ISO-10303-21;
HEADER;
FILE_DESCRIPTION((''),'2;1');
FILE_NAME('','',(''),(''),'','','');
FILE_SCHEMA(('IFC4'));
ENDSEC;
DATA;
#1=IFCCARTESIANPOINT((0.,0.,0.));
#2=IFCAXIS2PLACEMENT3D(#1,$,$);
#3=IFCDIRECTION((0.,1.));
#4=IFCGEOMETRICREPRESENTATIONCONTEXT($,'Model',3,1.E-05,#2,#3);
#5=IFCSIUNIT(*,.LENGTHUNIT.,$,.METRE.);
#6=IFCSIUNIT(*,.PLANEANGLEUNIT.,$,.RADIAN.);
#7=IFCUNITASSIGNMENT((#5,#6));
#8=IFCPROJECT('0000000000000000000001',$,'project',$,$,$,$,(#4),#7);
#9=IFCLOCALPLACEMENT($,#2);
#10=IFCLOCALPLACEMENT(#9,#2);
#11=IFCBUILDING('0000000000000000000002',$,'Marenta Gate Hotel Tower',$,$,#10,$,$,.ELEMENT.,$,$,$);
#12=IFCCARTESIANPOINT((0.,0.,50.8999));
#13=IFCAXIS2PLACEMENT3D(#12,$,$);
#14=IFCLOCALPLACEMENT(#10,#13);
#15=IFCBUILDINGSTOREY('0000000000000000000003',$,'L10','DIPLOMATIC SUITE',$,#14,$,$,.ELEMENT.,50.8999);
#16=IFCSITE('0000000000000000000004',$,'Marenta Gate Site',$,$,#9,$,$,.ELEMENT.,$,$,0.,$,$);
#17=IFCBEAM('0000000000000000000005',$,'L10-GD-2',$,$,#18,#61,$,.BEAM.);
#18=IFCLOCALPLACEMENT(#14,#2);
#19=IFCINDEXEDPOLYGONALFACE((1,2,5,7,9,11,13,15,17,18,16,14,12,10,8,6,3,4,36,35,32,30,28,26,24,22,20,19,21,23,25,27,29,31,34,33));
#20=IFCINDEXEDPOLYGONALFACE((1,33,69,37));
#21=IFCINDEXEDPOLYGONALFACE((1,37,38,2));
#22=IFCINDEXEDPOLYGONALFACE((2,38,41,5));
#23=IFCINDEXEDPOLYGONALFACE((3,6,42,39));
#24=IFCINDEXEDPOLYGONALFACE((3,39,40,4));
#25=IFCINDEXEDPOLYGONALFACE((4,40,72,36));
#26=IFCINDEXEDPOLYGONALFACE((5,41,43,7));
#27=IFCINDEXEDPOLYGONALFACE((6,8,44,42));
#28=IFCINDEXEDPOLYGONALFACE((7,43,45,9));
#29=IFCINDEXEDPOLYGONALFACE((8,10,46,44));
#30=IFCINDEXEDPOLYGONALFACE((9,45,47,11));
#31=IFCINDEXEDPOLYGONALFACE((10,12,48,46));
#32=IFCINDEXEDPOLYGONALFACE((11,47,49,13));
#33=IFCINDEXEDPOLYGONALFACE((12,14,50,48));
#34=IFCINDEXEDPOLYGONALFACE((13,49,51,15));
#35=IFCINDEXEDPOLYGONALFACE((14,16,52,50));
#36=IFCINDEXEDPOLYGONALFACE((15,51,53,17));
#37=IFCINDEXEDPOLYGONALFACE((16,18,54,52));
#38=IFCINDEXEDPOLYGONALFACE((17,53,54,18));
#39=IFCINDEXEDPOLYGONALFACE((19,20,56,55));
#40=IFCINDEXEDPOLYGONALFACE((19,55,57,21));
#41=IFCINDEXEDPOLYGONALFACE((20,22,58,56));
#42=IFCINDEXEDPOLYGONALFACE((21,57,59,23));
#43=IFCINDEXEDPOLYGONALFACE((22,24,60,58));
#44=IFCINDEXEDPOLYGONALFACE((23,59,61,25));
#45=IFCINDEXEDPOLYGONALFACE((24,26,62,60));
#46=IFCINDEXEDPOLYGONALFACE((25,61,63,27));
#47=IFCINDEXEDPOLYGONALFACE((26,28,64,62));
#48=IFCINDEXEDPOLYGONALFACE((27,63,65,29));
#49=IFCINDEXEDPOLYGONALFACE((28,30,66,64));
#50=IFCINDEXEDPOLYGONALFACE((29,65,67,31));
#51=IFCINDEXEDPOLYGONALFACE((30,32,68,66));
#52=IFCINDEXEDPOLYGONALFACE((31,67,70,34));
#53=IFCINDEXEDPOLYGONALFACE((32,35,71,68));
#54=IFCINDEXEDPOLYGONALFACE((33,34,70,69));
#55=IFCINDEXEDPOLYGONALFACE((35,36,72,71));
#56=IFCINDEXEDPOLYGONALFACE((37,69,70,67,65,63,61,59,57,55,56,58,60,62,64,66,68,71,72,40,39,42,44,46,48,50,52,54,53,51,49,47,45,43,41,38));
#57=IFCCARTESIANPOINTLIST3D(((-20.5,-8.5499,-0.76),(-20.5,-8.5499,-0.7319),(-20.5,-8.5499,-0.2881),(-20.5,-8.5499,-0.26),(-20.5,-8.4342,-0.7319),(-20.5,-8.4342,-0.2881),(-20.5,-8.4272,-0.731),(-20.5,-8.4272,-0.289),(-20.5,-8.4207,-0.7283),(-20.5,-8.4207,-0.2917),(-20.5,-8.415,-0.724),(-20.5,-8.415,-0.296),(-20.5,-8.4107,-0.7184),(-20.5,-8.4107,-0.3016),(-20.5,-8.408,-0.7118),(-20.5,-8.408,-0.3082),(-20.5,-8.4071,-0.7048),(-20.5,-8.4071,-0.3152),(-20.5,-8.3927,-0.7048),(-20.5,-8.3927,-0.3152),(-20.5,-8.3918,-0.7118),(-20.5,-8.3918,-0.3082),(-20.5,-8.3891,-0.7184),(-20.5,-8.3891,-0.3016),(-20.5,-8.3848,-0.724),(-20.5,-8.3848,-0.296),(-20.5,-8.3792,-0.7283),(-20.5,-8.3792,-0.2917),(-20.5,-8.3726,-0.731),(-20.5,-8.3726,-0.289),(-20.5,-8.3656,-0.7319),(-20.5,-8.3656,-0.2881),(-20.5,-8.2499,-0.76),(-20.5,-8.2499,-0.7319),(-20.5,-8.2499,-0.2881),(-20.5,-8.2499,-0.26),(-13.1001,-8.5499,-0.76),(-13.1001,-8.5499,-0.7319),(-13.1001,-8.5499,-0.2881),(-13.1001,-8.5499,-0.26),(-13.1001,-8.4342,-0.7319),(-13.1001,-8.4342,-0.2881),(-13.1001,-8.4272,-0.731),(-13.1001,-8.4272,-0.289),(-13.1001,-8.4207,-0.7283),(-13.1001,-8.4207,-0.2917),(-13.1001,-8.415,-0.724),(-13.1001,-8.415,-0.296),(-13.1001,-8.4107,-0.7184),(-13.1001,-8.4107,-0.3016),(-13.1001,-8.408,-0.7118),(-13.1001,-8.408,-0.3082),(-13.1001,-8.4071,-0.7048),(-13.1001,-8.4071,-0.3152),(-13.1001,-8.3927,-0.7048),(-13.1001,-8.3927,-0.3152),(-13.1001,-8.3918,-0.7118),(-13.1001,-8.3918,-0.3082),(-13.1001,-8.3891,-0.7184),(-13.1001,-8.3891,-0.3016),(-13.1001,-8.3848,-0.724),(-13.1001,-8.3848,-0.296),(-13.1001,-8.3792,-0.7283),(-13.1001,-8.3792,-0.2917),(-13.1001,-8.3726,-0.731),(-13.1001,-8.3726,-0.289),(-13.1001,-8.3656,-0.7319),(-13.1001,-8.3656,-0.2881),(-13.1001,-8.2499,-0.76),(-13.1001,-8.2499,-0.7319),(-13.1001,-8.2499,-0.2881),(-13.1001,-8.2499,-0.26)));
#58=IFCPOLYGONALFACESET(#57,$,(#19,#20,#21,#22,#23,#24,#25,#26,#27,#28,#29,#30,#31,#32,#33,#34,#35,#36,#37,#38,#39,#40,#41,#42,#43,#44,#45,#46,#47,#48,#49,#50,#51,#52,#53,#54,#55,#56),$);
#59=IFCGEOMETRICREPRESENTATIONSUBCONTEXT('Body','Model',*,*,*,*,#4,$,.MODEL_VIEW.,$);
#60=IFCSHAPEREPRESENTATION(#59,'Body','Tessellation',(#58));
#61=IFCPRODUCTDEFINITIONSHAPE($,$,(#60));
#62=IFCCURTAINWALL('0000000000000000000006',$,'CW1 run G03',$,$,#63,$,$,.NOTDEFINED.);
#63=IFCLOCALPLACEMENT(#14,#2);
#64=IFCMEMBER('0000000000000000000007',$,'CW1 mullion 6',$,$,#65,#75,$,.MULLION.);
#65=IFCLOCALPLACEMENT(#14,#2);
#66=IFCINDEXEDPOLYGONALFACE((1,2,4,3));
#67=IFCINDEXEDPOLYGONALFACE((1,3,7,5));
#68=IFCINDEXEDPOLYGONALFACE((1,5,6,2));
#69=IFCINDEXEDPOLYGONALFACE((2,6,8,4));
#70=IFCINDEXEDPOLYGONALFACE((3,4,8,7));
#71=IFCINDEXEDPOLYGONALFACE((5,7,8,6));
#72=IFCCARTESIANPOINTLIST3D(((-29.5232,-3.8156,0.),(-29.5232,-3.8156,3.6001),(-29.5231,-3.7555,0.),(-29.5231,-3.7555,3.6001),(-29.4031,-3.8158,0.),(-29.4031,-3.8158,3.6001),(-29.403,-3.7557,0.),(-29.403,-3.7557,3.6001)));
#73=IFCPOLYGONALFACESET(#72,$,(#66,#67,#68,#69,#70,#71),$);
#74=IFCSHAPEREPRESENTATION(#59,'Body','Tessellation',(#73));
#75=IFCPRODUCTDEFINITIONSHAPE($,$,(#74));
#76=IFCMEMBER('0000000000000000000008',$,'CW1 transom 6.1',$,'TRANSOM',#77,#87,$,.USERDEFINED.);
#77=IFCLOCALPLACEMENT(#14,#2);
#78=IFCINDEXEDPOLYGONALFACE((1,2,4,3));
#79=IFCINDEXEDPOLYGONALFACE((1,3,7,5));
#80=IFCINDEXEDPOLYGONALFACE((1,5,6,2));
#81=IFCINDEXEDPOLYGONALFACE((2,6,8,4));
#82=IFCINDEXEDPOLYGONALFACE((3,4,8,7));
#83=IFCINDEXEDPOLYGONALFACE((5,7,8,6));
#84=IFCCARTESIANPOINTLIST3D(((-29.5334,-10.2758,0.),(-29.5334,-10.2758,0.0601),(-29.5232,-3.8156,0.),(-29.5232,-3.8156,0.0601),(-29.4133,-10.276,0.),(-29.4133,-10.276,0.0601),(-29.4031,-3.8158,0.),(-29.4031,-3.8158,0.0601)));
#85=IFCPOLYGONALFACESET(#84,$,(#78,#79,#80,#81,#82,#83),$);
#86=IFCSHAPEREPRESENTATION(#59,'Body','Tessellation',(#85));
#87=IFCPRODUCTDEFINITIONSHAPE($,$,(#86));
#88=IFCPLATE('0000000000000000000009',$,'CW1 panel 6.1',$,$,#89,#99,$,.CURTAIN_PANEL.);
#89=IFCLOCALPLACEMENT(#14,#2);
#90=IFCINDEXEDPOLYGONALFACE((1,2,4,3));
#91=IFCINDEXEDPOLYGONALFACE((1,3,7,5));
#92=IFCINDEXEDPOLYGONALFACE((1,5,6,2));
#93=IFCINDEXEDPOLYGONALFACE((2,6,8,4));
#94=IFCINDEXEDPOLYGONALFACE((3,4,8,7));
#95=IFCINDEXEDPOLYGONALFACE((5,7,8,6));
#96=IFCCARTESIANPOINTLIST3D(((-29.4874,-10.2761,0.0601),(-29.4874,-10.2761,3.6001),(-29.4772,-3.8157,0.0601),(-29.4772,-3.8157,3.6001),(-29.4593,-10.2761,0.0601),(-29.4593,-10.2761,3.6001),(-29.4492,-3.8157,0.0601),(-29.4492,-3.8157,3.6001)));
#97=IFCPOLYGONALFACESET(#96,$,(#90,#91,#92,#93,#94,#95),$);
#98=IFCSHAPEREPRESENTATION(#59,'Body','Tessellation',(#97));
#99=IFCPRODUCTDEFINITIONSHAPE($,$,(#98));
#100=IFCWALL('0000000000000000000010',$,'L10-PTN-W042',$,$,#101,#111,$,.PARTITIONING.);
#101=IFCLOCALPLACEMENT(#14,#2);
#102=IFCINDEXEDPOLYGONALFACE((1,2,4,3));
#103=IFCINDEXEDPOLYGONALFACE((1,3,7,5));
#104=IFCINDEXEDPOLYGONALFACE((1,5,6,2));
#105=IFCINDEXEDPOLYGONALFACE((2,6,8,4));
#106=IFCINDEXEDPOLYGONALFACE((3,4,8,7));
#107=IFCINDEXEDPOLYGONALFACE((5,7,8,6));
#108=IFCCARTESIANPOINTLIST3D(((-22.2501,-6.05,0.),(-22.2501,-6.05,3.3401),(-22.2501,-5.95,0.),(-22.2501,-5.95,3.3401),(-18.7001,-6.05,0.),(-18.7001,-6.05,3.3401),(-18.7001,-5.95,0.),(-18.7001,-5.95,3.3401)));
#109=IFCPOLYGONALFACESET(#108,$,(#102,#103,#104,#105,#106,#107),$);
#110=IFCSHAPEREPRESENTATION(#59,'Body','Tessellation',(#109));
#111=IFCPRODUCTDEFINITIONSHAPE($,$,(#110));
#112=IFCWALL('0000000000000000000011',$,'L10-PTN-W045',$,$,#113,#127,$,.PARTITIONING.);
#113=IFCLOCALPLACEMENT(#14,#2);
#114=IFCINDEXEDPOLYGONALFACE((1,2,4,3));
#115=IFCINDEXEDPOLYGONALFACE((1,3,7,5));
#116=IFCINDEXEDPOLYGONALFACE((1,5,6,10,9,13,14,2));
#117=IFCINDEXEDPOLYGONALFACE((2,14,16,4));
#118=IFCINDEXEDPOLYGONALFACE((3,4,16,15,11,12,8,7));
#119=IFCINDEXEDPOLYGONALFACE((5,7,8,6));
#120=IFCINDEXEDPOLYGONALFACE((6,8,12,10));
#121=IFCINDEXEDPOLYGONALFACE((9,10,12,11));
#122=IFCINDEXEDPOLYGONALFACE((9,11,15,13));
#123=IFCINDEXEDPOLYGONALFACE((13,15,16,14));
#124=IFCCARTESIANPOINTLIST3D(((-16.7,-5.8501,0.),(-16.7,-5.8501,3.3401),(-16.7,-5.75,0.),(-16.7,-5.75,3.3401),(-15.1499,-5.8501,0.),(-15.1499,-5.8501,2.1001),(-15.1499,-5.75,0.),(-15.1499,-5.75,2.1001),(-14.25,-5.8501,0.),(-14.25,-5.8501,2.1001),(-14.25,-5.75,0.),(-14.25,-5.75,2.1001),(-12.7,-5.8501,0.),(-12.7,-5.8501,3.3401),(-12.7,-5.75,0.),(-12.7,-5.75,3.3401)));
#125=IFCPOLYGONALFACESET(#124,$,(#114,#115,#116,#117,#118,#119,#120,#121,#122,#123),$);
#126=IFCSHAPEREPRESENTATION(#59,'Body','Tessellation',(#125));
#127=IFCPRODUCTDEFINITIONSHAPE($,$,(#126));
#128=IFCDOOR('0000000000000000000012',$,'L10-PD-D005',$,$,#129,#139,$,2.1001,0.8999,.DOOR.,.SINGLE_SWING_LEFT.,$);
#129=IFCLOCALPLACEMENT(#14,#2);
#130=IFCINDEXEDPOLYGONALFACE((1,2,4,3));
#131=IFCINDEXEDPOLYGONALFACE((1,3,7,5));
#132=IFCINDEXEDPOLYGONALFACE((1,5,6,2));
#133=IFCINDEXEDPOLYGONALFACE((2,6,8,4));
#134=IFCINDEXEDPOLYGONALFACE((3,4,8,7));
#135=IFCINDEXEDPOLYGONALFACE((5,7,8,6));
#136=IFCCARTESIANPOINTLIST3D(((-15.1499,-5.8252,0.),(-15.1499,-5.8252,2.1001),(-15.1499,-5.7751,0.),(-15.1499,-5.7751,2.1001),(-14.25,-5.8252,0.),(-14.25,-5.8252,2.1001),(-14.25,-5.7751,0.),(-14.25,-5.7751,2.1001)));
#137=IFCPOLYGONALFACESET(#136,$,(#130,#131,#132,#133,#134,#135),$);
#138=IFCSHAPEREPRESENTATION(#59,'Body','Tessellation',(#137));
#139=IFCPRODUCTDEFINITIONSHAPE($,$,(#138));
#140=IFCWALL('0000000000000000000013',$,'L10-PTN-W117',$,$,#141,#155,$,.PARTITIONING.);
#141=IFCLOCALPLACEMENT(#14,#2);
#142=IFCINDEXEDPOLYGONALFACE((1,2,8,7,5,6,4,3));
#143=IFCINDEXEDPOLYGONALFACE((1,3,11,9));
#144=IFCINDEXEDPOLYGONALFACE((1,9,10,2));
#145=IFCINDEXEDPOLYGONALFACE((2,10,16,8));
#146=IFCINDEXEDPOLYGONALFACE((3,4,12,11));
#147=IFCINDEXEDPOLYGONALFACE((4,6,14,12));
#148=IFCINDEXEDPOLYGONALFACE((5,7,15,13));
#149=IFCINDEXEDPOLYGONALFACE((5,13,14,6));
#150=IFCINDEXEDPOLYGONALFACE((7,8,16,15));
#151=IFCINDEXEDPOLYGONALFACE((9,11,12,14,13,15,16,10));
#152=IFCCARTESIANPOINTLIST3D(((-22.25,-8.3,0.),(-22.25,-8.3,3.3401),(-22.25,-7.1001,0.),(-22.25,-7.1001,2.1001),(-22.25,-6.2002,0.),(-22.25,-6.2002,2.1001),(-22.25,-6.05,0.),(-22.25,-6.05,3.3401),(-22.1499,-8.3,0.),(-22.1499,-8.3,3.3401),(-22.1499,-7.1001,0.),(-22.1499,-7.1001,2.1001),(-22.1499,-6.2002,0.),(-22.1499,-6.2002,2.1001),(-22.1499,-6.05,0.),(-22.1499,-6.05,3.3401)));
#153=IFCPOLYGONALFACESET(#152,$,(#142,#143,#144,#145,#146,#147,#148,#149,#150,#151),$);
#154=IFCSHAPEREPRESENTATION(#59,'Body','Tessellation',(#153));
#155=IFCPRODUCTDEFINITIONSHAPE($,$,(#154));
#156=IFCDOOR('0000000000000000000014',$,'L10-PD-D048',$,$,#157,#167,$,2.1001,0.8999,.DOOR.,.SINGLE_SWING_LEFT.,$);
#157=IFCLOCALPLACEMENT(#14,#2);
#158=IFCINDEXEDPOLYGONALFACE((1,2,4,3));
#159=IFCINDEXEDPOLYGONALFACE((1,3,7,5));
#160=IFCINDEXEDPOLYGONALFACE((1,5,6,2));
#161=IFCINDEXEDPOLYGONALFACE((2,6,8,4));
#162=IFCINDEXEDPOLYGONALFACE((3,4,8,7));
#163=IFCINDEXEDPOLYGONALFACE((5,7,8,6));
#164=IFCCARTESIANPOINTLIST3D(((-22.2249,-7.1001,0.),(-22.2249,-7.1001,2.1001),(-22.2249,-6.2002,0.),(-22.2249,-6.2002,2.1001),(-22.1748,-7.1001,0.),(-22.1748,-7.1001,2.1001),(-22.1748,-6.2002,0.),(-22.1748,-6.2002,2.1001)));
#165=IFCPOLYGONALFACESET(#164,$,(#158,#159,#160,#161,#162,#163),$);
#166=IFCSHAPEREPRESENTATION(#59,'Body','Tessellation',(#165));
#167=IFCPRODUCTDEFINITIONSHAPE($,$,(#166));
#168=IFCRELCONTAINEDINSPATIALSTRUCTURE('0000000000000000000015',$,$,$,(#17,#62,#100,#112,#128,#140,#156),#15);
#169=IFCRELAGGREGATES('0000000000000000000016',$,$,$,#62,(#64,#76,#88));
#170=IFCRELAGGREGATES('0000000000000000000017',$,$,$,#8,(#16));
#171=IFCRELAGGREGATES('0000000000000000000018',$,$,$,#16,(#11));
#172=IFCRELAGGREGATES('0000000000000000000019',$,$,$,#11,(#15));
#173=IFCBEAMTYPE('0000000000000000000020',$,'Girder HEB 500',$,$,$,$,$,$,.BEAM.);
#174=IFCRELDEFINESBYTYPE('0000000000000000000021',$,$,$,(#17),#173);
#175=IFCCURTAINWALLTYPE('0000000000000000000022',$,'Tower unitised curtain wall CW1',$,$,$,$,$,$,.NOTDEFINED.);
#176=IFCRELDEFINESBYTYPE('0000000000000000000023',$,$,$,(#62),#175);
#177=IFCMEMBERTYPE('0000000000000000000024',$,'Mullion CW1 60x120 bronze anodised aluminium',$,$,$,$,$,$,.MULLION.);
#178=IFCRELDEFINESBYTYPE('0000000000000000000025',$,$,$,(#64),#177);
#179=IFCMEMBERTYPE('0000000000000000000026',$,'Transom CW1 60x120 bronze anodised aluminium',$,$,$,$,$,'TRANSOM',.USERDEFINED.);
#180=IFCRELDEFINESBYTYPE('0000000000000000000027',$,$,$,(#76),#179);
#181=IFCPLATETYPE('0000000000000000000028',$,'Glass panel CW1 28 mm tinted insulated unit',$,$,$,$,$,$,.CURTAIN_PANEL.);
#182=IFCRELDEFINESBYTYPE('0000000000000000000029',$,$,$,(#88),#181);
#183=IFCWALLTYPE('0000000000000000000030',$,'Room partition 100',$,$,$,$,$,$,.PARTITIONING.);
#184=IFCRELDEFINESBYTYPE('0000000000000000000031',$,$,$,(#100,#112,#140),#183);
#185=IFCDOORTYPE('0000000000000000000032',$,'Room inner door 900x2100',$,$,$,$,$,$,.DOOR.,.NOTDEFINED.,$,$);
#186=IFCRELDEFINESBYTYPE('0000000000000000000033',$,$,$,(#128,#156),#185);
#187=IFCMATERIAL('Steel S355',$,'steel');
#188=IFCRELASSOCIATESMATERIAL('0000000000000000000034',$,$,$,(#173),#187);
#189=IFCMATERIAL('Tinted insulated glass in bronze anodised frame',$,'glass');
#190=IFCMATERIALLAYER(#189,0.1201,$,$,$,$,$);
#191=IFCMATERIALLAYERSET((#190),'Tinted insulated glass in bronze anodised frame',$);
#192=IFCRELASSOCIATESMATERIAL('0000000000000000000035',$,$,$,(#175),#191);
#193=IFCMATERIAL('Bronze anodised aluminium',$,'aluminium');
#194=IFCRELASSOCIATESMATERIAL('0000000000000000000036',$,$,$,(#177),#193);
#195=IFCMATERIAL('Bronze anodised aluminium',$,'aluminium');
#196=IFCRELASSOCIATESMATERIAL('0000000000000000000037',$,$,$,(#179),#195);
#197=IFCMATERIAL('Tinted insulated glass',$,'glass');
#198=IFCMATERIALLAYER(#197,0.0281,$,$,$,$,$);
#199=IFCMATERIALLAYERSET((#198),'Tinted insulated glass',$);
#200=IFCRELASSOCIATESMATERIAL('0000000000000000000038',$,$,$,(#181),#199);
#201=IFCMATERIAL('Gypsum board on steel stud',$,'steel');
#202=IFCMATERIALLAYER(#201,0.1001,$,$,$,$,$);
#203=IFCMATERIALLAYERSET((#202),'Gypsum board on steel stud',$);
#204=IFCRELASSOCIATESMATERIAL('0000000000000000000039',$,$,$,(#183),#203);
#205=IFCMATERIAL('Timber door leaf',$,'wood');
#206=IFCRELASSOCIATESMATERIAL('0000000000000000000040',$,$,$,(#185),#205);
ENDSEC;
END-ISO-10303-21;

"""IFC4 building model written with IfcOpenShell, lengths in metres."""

from ifc_helpers import new_model, si_unit, direction, frame, frame_2d, origin, origin_2d, place, context, subcontext, project, spatial, rectangle, i_section, extrude, material, layer, layer_set, material_profile, profile_set, type_object, element, fill, aggregate, save


model = new_model("IFC4")

# Units and contexts
model_context = context("Model", 3, precision=1e-05, world=origin(), true_north=direction((0.0, 1.0)))
body_context = subcontext(model_context, "Body", "Model", "MODEL_VIEW")
ifc_project = project(units=[si_unit("LENGTHUNIT", "METRE"), si_unit("PLANEANGLEUNIT", "RADIAN")], contexts=[model_context])

# Site, building, storey
site_placement = place(None, origin())
site = spatial("IfcSite", under=ifc_project, at=site_placement, Name="Marenta Gate Site", CompositionType="ELEMENT", RefElevation=0.0)
building_placement = place(site_placement, origin())
building = spatial("IfcBuilding", under=site, at=building_placement, Name="Marenta Gate Hotel Tower", CompositionType="ELEMENT")
storey_placement = place(building_placement, frame((0.0, 0.0, 50.8999)))
storey = spatial("IfcBuildingStorey", under=building, at=storey_placement, Name="L10", Description="DIPLOMATIC SUITE", CompositionType="ELEMENT", Elevation=50.8999)

# Beam
ifc_material_1 = material(Name="Steel S355", Category="steel")
ifc_material_profile_1 = material_profile(ifc_material_1, i_section(OverallWidth=0.3, OverallDepth=0.5, WebThickness=0.0144, FlangeThickness=0.0281, FilletRadius=0.0271, at=origin_2d()), Name="HEB 500")
ifc_profile_set_1 = profile_set([ifc_material_profile_1], Name="Steel S355")
beam_type_1 = type_object("IfcBeamType", Name="Girder HEB 500", PredefinedType="BEAM", material=ifc_profile_set_1)
beam_1_placement = place(storey_placement, frame((-20.5, -8.3999, -0.51), z_axis=(1.0, 0.0, 0.0), x_axis=(0.0, 1.0, 0.0)))
element("IfcBeam", 1, at=beam_1_placement, inside=storey, type_object=beam_type_1, Name="L10-GD-2", PredefinedType="BEAM", context=body_context, shape_type="SweptSolid", body=[
    extrude(i_section(OverallWidth=0.3, OverallDepth=0.5, WebThickness=0.0144, FlangeThickness=0.0281, FilletRadius=0.0271, at=origin_2d()), origin(), (0.0, 0.0, 1.0), 7.3999),
])

# Curtain wall, members, plate
ifc_material_2 = material(Name="Tinted insulated glass in bronze anodised frame", Category="glass")
ifc_layer_1 = layer(ifc_material_2, 0.1201)
ifc_layer_set_1 = layer_set([ifc_layer_1], Name="Tinted insulated glass in bronze anodised frame")
curtain_wall_type = type_object("IfcCurtainWallType", Name="Tower unitised curtain wall CW1", PredefinedType="NOTDEFINED", material=ifc_layer_set_1)
curtain_wall_placement = place(storey_placement, origin())
curtain_wall = element("IfcCurtainWall", 2, at=curtain_wall_placement, inside=storey, type_object=curtain_wall_type, Name="CW1 run G03", PredefinedType="NOTDEFINED")
ifc_material_3 = material(Name="Bronze anodised aluminium", Category="aluminium")
ifc_material_profile_2 = material_profile(ifc_material_3, rectangle(XDim=0.1201, YDim=0.0601, at=origin_2d()), Name="Mullion CW1 60x120 bronze anodised aluminium")
ifc_profile_set_2 = profile_set([ifc_material_profile_2], Name="Bronze anodised aluminium")
member_type_1 = type_object("IfcMemberType", Name="Mullion CW1 60x120 bronze anodised aluminium", PredefinedType="MULLION", material=ifc_profile_set_2)
member_1_placement = place(storey_placement, frame((-29.4631, -3.7856, 0.0), z_axis=(0.0, 0.0, 1.0), x_axis=(0.999999, -0.001566, 0.0)))
member_1 = element("IfcMember", 3, at=member_1_placement, type_object=member_type_1, Name="CW1 mullion 6", PredefinedType="MULLION", context=body_context, shape_type="SweptSolid", body=[
    extrude(rectangle(XDim=0.1201, YDim=0.0601, at=origin_2d()), origin(), (0.0, 0.0, 1.0), 3.6001),
])
ifc_material_4 = material(Name="Bronze anodised aluminium", Category="aluminium")
ifc_material_profile_3 = material_profile(ifc_material_4, rectangle(XDim=0.1201, YDim=0.0601, at=origin_2d()), Name="Transom CW1 60x120 bronze anodised aluminium")
ifc_profile_set_3 = profile_set([ifc_material_profile_3], Name="Bronze anodised aluminium")
member_type_2 = type_object("IfcMemberType", Name="Transom CW1 60x120 bronze anodised aluminium", ElementType="TRANSOM", PredefinedType="USERDEFINED", material=ifc_profile_set_3)
member_2_placement = place(storey_placement, frame((-29.4631, -3.8157, 0.03), z_axis=(-0.001587, -0.999999, 0.0), x_axis=(0.999999, -0.001587, 0.0)))
member_2 = element("IfcMember", 4, at=member_2_placement, type_object=member_type_2, Name="CW1 transom 6.1", ObjectType="TRANSOM", PredefinedType="USERDEFINED", context=body_context, shape_type="SweptSolid", body=[
    extrude(rectangle(XDim=0.1201, YDim=0.0601, at=origin_2d()), origin(), (0.0, 0.0, 1.0), 6.4602),
])
ifc_material_5 = material(Name="Tinted insulated glass", Category="glass")
ifc_layer_2 = layer(ifc_material_5, 0.0281)
ifc_layer_set_2 = layer_set([ifc_layer_2], Name="Tinted insulated glass")
plate_type = type_object("IfcPlateType", Name="Glass panel CW1 28 mm tinted insulated unit", PredefinedType="CURTAIN_PANEL", material=ifc_layer_set_2)
plate_placement = place(storey_placement, frame((-29.4683, -7.0459, 0.0601), z_axis=(0.0, 0.0, 1.0), x_axis=(-0.001566, -0.999999, 0.0)))
plate = element("IfcPlate", 5, at=plate_placement, type_object=plate_type, Name="CW1 panel 6.1", PredefinedType="CURTAIN_PANEL", context=body_context, shape_type="SweptSolid", body=[
    extrude(rectangle(XDim=6.4604, YDim=0.0281, at=origin_2d()), origin(), (0.0, 0.0, 1.0), 3.54),
])
aggregate(curtain_wall, [member_1, member_2, plate])

# Wall
ifc_material_6 = material(Name="Gypsum board on steel stud", Category="steel")
ifc_layer_3 = layer(ifc_material_6, 0.1001)
ifc_layer_set_3 = layer_set([ifc_layer_3], Name="Gypsum board on steel stud")
wall_type_1 = type_object("IfcWallType", Name="Room partition 100", PredefinedType="PARTITIONING", material=ifc_layer_set_3)
wall_1_placement = place(storey_placement, frame((-22.25, -6.0, 0.0), z_axis=(0.0, 0.0, 1.0), x_axis=(1.0, 0.0, 0.0)))
element("IfcWall", 6, at=wall_1_placement, inside=storey, type_object=wall_type_1, Name="L10-PTN-W042", PredefinedType="PARTITIONING", context=body_context, shape_type="SweptSolid", body=[
    extrude(rectangle(XDim=3.55, YDim=0.1001, at=frame_2d((1.7749, 0.0))), origin(), (0.0, 0.0, 1.0), 3.3401),
])

# Walls, openings, doors
wall_2_placement = place(storey_placement, frame((-16.7, -5.8, 0.0), z_axis=(0.0, 0.0, 1.0), x_axis=(1.0, 0.0, 0.0)))
wall_2 = element("IfcWall", 7, at=wall_2_placement, inside=storey, type_object=wall_type_1, Name="L10-PTN-W045", PredefinedType="PARTITIONING", context=body_context, shape_type="SweptSolid", body=[
    extrude(rectangle(XDim=4.0, YDim=0.1001, at=frame_2d((2.0, 0.0))), origin(), (0.0, 0.0, 1.0), 3.3401),
])
opening_1_placement = place(wall_2_placement, frame((1.55, 0.0, 0.0)))
opening_1 = element("IfcOpeningElement", 8, at=opening_1_placement, cuts=wall_2, PredefinedType="OPENING", context=body_context, shape_type="SweptSolid", body=[
    extrude(rectangle(XDim=0.8999, YDim=2.1001, at=frame_2d((0.45, 1.05))), frame((0.0, 0.05, 0.0), z_axis=(0.0, -1.0, 0.0), x_axis=(1.0, 0.0, 0.0)), (0.0, 0.0, 1.0), 0.1001),
])
ifc_material_7 = material(Name="Timber door leaf", Category="wood")
door_type_1 = type_object("IfcDoorType", Name="Room inner door 900x2100", OperationType="NOTDEFINED", PredefinedType="DOOR", material=ifc_material_7)
door_1_placement = place(opening_1_placement, origin())
door_1 = element("IfcDoor", 9, at=door_1_placement, inside=storey, type_object=door_type_1, Name="L10-PD-D005", OperationType="SINGLE_SWING_LEFT", OverallHeight=2.1001, OverallWidth=0.8999, PredefinedType="DOOR", context=body_context, shape_type="SweptSolid", body=[
    extrude(rectangle(XDim=0.8999, YDim=2.1001, at=frame_2d((0.45, 1.05))), frame((0.0, 0.0249, 0.0), z_axis=(0.0, -1.0, 0.0), x_axis=(1.0, 0.0, 0.0)), (0.0, 0.0, 1.0), 0.05),
])
fill(opening_1, door_1)
wall_3_placement = place(storey_placement, frame((-22.2, -8.3, 0.0), z_axis=(0.0, 0.0, 1.0), x_axis=(0.0, 1.0, 0.0)))
wall_3 = element("IfcWall", 10, at=wall_3_placement, inside=storey, type_object=wall_type_1, Name="L10-PTN-W117", PredefinedType="PARTITIONING", context=body_context, shape_type="SweptSolid", body=[
    extrude(rectangle(XDim=2.25, YDim=0.1001, at=frame_2d((1.125, 0.0))), origin(), (0.0, 0.0, 1.0), 3.3401),
])
opening_2_placement = place(wall_3_placement, frame((1.2, 0.0, 0.0)))
opening_2 = element("IfcOpeningElement", 11, at=opening_2_placement, cuts=wall_3, PredefinedType="OPENING", context=body_context, shape_type="SweptSolid", body=[
    extrude(rectangle(XDim=0.8999, YDim=2.1001, at=frame_2d((0.45, 1.05))), frame((0.0, 0.05, 0.0), z_axis=(0.0, -1.0, 0.0), x_axis=(1.0, 0.0, 0.0)), (0.0, 0.0, 1.0), 0.1001),
])
door_2_placement = place(opening_2_placement, origin())
door_2 = element("IfcDoor", 12, at=door_2_placement, inside=storey, type_object=door_type_1, Name="L10-PD-D048", OperationType="SINGLE_SWING_LEFT", OverallHeight=2.1001, OverallWidth=0.8999, PredefinedType="DOOR", context=body_context, shape_type="SweptSolid", body=[
    extrude(rectangle(XDim=0.8999, YDim=2.1001, at=frame_2d((0.45, 1.05))), frame((0.0, 0.0249, 0.0), z_axis=(0.0, -1.0, 0.0), x_axis=(1.0, 0.0, 0.0)), (0.0, 0.0, 1.0), 0.05),
])
fill(opening_2, door_2)

save(model, "model.ifc")
